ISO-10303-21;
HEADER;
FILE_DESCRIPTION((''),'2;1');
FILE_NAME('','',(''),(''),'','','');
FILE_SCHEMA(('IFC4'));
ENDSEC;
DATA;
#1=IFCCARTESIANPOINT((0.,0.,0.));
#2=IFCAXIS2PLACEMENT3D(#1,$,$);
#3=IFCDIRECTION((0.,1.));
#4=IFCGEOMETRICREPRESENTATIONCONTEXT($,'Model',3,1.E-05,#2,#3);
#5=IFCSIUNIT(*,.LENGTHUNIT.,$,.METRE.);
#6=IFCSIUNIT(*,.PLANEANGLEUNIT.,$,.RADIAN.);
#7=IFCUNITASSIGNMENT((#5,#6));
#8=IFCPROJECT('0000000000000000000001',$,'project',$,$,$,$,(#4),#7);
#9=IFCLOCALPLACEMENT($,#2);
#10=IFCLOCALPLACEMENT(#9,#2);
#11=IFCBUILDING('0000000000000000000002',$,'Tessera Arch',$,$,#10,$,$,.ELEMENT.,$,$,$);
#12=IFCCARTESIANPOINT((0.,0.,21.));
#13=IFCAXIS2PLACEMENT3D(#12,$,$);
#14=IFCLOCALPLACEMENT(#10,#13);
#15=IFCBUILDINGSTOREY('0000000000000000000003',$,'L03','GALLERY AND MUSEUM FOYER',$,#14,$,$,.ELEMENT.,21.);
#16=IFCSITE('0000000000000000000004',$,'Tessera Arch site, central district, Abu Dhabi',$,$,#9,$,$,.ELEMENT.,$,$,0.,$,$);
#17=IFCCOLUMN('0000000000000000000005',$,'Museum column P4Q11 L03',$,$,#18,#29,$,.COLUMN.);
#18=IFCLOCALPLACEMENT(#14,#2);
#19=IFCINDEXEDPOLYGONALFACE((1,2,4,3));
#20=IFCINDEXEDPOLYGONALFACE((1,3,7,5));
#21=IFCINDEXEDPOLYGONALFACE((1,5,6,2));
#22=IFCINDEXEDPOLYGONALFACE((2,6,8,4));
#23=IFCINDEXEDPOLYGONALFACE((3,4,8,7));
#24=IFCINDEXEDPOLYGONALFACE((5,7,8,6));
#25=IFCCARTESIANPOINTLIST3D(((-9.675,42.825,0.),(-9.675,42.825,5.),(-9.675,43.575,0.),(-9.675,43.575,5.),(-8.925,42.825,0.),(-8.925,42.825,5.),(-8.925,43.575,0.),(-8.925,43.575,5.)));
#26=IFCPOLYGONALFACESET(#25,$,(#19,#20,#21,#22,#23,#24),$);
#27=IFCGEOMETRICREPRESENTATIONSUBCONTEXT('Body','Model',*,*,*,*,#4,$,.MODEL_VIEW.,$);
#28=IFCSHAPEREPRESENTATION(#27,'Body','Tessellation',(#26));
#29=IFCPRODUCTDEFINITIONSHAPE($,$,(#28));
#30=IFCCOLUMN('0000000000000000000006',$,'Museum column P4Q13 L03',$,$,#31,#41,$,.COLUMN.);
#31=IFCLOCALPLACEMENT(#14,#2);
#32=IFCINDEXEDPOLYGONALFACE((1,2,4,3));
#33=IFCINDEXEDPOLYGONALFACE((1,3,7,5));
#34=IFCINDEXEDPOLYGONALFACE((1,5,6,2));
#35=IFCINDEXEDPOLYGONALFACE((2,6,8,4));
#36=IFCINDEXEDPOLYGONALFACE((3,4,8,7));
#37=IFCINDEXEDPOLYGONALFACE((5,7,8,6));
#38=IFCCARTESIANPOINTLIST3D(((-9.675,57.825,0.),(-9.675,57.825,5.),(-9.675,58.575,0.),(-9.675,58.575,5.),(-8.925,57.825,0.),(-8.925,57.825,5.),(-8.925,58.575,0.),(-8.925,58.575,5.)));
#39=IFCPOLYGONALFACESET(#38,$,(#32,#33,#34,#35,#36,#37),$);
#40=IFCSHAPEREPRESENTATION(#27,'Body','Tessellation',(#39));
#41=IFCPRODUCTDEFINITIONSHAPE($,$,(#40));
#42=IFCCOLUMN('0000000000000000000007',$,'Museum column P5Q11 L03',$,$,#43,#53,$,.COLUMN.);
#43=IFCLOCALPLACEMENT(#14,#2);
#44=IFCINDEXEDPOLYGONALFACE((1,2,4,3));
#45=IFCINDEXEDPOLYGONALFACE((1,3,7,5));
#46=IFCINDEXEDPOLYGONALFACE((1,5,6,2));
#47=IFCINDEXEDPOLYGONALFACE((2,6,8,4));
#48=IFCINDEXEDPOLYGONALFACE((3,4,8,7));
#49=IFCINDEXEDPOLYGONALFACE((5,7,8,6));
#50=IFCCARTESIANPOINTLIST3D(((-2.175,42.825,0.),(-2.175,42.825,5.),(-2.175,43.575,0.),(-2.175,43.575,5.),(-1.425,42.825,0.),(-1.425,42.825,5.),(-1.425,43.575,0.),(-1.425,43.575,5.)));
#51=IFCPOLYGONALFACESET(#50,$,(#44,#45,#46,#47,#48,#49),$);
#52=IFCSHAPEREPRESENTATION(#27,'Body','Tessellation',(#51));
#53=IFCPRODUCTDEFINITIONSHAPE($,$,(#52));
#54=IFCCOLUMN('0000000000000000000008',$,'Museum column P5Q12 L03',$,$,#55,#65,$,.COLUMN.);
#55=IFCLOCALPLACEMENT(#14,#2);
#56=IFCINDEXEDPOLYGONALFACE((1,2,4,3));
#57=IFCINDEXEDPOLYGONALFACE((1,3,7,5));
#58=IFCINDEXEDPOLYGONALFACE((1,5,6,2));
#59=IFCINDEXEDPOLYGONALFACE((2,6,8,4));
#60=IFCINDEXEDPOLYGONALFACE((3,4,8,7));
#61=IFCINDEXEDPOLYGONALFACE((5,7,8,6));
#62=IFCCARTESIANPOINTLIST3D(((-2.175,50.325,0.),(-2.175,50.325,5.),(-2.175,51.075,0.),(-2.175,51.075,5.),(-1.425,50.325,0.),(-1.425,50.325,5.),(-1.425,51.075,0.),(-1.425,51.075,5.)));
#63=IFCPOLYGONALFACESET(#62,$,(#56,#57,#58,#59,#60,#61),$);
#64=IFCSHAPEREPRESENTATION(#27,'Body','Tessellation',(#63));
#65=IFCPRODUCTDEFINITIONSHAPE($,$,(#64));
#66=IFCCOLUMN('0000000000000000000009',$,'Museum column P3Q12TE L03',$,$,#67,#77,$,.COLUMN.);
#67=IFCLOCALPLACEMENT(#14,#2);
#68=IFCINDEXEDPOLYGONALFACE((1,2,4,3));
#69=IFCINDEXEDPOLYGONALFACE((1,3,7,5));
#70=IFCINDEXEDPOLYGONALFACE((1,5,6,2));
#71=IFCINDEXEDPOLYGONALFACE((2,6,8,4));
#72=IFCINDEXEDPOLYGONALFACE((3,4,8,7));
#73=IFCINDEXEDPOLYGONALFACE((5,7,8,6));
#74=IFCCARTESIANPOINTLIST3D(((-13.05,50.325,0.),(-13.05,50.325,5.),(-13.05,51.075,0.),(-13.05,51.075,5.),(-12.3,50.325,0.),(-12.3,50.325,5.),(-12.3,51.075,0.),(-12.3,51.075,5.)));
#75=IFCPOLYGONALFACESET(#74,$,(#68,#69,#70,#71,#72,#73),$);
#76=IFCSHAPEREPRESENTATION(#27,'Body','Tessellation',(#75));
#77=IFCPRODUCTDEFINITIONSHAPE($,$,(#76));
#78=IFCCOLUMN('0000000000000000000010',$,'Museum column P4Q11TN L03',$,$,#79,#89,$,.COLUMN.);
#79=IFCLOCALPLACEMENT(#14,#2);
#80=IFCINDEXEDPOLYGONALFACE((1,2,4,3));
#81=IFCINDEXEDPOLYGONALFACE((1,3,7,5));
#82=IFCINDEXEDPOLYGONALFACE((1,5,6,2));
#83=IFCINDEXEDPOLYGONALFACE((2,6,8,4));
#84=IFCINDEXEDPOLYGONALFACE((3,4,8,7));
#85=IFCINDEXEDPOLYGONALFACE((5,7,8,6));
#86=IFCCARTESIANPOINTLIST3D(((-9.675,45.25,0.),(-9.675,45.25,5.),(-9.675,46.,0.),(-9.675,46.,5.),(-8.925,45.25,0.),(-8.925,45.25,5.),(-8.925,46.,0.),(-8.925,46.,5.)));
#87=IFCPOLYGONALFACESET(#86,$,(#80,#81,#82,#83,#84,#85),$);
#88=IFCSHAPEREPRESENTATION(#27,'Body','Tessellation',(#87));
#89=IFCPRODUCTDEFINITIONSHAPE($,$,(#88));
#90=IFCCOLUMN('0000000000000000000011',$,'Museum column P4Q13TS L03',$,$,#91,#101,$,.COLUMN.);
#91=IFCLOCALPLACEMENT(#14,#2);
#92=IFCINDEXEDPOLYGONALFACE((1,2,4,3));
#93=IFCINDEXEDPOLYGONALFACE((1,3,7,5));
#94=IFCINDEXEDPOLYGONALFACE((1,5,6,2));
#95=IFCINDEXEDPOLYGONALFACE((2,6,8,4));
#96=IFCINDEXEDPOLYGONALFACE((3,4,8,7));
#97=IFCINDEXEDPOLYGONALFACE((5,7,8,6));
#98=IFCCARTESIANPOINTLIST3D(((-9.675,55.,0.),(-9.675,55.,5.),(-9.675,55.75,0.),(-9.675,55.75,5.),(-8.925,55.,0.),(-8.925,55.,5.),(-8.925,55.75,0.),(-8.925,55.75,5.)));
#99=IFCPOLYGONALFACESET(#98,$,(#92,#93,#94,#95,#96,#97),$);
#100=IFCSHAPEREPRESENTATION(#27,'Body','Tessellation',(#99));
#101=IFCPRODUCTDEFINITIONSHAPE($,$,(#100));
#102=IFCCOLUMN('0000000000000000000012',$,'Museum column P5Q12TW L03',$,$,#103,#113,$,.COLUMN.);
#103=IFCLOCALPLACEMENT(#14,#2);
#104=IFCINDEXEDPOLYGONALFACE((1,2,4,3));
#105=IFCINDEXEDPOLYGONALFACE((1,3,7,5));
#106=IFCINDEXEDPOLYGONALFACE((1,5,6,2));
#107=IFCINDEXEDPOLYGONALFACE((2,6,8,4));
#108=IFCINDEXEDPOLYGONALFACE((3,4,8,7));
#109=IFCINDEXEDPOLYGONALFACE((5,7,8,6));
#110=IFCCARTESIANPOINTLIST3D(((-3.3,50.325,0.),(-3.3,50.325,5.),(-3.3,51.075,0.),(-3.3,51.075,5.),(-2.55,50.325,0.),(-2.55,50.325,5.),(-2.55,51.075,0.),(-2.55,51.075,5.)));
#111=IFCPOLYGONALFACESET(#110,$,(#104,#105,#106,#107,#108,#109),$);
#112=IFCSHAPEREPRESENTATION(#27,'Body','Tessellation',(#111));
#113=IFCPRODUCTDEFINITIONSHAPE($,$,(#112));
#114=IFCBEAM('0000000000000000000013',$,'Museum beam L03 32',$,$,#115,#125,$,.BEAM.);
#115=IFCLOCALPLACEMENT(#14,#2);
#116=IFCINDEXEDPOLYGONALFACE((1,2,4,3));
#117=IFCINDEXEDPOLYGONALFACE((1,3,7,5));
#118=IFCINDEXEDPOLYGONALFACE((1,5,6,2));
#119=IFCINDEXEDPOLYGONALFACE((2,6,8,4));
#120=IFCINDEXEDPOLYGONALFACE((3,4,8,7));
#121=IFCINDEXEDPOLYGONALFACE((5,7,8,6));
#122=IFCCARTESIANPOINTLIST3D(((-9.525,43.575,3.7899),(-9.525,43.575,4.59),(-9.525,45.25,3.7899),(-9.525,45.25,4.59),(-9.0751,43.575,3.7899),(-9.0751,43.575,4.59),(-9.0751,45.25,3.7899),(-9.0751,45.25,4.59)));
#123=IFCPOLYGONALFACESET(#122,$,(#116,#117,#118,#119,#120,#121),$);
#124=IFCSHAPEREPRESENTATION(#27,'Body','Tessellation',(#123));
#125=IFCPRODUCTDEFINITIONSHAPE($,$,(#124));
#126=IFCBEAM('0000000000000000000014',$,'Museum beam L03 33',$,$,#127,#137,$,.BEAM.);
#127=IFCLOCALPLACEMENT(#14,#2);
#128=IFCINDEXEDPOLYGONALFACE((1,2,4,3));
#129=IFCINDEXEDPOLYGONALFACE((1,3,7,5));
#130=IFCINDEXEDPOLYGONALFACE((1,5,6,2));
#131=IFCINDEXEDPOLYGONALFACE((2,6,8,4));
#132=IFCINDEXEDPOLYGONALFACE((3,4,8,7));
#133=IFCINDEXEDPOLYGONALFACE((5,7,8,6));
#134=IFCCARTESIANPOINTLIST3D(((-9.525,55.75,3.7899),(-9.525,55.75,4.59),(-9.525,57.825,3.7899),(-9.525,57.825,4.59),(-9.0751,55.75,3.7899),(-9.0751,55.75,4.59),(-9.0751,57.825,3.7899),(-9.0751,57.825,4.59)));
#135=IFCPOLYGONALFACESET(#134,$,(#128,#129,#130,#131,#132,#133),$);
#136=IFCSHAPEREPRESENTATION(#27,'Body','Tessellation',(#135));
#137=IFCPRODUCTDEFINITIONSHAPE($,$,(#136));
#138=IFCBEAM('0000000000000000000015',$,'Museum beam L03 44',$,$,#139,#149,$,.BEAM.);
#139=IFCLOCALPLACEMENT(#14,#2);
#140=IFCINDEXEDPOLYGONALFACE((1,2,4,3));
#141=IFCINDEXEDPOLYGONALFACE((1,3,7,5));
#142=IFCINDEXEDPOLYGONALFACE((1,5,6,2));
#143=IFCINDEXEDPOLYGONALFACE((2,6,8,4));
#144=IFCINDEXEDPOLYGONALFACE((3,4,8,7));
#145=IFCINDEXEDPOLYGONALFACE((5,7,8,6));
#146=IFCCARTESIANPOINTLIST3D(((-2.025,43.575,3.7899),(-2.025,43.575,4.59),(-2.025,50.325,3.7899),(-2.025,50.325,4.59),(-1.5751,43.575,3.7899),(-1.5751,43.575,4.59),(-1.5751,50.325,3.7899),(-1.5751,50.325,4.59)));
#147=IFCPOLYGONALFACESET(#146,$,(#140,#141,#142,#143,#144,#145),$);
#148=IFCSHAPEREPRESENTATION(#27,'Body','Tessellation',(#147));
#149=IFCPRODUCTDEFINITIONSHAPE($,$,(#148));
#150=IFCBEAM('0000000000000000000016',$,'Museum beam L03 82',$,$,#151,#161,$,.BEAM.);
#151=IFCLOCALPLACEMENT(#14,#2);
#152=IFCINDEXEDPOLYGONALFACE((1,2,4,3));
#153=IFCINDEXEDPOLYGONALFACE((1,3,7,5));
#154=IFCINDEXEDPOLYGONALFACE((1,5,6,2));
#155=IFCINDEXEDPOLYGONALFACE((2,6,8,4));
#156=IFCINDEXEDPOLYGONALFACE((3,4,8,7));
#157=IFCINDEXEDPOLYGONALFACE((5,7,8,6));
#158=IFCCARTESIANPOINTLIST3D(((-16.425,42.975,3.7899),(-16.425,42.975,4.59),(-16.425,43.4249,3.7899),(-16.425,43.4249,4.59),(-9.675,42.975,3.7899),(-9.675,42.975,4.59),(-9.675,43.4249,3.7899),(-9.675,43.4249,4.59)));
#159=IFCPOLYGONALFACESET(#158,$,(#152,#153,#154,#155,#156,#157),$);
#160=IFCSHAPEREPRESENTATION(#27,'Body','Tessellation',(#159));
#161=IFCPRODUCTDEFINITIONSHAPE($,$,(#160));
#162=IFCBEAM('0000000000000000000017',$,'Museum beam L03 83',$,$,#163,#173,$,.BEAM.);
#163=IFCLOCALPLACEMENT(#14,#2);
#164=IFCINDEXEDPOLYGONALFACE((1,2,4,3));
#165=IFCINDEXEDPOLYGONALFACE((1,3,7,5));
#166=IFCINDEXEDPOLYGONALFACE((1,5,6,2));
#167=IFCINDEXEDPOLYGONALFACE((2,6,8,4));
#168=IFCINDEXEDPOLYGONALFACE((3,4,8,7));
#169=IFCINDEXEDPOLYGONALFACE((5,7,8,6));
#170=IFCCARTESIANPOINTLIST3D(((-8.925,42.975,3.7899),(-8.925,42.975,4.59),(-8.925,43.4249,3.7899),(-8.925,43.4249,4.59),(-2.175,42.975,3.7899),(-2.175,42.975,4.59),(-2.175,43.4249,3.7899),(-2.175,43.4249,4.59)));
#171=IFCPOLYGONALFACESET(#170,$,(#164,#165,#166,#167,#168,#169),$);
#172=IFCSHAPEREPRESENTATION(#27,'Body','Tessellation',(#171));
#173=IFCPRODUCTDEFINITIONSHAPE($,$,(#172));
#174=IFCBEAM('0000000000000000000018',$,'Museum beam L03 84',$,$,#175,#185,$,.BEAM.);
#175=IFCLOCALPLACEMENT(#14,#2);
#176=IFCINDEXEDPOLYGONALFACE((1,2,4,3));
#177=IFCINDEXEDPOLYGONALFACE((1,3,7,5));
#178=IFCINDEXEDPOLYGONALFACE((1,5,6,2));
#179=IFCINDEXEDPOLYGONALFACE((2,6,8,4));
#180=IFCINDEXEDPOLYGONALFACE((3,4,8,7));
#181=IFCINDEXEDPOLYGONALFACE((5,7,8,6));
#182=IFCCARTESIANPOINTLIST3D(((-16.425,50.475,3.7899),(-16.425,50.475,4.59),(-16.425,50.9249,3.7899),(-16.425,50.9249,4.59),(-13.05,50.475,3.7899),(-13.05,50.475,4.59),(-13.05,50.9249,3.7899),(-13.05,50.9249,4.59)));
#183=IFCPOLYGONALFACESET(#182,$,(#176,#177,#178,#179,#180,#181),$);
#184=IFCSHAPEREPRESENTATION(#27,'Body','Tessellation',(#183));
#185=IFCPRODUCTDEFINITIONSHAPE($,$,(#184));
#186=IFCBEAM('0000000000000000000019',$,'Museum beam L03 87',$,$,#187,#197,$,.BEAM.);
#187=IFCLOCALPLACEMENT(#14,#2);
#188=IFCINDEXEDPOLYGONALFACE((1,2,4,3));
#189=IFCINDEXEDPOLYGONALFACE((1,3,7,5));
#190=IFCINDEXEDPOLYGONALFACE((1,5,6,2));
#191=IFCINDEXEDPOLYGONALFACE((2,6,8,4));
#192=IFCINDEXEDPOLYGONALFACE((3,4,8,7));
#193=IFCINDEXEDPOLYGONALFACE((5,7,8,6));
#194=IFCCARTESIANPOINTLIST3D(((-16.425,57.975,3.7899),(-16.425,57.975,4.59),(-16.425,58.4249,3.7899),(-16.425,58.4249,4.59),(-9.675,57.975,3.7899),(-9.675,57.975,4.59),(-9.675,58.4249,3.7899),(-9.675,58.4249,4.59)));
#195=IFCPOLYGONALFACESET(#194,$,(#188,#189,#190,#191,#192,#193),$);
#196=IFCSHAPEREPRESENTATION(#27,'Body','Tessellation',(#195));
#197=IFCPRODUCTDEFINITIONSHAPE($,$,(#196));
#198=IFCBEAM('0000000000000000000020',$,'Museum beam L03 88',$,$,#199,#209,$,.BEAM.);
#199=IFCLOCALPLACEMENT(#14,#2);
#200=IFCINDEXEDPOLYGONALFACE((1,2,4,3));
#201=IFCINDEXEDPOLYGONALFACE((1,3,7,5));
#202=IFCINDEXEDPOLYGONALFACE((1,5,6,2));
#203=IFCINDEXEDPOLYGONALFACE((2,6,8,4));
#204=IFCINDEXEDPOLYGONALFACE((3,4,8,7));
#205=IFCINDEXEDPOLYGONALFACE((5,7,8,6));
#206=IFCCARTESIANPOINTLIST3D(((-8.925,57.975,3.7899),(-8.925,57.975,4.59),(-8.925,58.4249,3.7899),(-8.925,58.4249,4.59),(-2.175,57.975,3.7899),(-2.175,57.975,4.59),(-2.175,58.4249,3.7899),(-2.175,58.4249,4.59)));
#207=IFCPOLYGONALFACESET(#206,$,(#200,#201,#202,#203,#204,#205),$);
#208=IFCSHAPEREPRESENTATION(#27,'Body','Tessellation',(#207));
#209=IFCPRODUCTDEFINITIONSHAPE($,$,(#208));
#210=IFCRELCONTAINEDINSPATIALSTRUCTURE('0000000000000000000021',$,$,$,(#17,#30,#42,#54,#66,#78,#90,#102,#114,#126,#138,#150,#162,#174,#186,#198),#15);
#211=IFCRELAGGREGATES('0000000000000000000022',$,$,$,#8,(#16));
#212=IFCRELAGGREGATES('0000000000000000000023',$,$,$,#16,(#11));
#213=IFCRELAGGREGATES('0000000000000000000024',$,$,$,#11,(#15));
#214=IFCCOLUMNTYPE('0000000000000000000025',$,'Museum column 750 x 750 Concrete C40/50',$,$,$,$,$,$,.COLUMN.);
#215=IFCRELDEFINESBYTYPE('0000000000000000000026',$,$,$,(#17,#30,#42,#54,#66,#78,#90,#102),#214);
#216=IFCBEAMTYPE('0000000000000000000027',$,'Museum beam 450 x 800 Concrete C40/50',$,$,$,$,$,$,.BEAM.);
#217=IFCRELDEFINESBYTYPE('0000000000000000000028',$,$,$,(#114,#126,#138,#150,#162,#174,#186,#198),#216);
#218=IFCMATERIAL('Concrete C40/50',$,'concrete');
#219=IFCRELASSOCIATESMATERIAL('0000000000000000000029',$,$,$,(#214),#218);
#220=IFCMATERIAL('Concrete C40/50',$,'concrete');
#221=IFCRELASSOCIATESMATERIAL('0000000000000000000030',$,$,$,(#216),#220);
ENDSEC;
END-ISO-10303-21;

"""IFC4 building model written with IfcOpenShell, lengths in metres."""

from ifc_helpers import new_model, si_unit, direction, frame, origin, origin_2d, place, context, subcontext, project, spatial, rectangle, extrude, material, material_profile, profile_set, type_object, element, save


model = new_model("IFC4")

# Units and contexts
model_context = context("Model", 3, precision=1e-05, world=origin(), true_north=direction((0.0, 1.0)))
body_context = subcontext(model_context, "Body", "Model", "MODEL_VIEW")
ifc_project = project(units=[si_unit("LENGTHUNIT", "METRE"), si_unit("PLANEANGLEUNIT", "RADIAN")], contexts=[model_context])

# Site, building, storey
site_placement = place(None, origin())
site = spatial("IfcSite", under=ifc_project, at=site_placement, Name="Tessera Arch site, central district, Abu Dhabi", CompositionType="ELEMENT", RefElevation=0.0)
building_placement = place(site_placement, origin())
building = spatial("IfcBuilding", under=site, at=building_placement, Name="Tessera Arch", CompositionType="ELEMENT")
storey_placement = place(building_placement, frame((0.0, 0.0, 21.0)))
storey = spatial("IfcBuildingStorey", under=building, at=storey_placement, Name="L03", Description="GALLERY AND MUSEUM FOYER", CompositionType="ELEMENT", Elevation=21.0)

# Columns
ifc_material_1 = material(Name="Concrete C40/50", Category="concrete")
ifc_material_profile_1 = material_profile(ifc_material_1, rectangle(XDim=0.75, YDim=0.75, at=origin_2d()), Name="Museum column 750 x 750 Concrete C40/50")
ifc_profile_set_1 = profile_set([ifc_material_profile_1], Name="Concrete C40/50")
column_type = type_object("IfcColumnType", Name="Museum column 750 x 750 Concrete C40/50", PredefinedType="COLUMN", material=ifc_profile_set_1)
for number, where, z_axis, x_axis, name in (
    (1, (-9.3, 43.2, 0.0), (0.0, 0.0, 1.0), (1.0, 0.0, 0.0), "Museum column P4Q11 L03"),
    (2, (-9.3, 58.2, 0.0), (0.0, 0.0, 1.0), (1.0, 0.0, 0.0), "Museum column P4Q13 L03"),
    (3, (-1.8, 43.2, 0.0), (0.0, 0.0, 1.0), (1.0, 0.0, 0.0), "Museum column P5Q11 L03"),
    (4, (-1.8, 50.7, 0.0), (0.0, 0.0, 1.0), (1.0, 0.0, 0.0), "Museum column P5Q12 L03"),
    (5, (-12.675, 50.7, 0.0), (0.0, 0.0, 1.0), (1.0, 0.0, 0.0), "Museum column P3Q12TE L03"),
    (6, (-9.3, 45.625, 0.0), (0.0, 0.0, 1.0), (1.0, 0.0, 0.0), "Museum column P4Q11TN L03"),
    (7, (-9.3, 55.375, 0.0), (0.0, 0.0, 1.0), (1.0, 0.0, 0.0), "Museum column P4Q13TS L03"),
    (8, (-2.925, 50.7, 0.0), (0.0, 0.0, 1.0), (1.0, 0.0, 0.0), "Museum column P5Q12TW L03"),
):
    element("IfcColumn", number, at=place(storey_placement, frame(where, z_axis=z_axis, x_axis=x_axis)), inside=storey, type_object=column_type, Name=name, PredefinedType="COLUMN", context=body_context, shape_type="SweptSolid", body=[
        extrude(rectangle(XDim=0.75, YDim=0.75, at=origin_2d()), origin(), (0.0, 0.0, 1.0), 5.0),
    ])

# Beams
ifc_material_2 = material(Name="Concrete C40/50", Category="concrete")
ifc_material_profile_2 = material_profile(ifc_material_2, rectangle(XDim=0.45, YDim=0.8, at=origin_2d()), Name="Museum beam 450 x 800 Concrete C40/50")
ifc_profile_set_2 = profile_set([ifc_material_profile_2], Name="Concrete C40/50")
beam_type = type_object("IfcBeamType", Name="Museum beam 450 x 800 Concrete C40/50", PredefinedType="BEAM", material=ifc_profile_set_2)
beam_1_placement = place(storey_placement, frame((-9.3, 43.575, 4.1899), z_axis=(0.0, 1.0, 0.0), x_axis=(-1.0, 0.0, 0.0)))
element("IfcBeam", 9, at=beam_1_placement, inside=storey, type_object=beam_type, Name="Museum beam L03 32", PredefinedType="BEAM", context=body_context, shape_type="SweptSolid", body=[
    extrude(rectangle(XDim=0.45, YDim=0.8, at=origin_2d()), origin(), (0.0, 0.0, 1.0), 1.675),
])
beam_2_placement = place(storey_placement, frame((-9.3, 55.75, 4.1899), z_axis=(0.0, 1.0, 0.0), x_axis=(-1.0, 0.0, 0.0)))
element("IfcBeam", 10, at=beam_2_placement, inside=storey, type_object=beam_type, Name="Museum beam L03 33", PredefinedType="BEAM", context=body_context, shape_type="SweptSolid", body=[
    extrude(rectangle(XDim=0.45, YDim=0.8, at=origin_2d()), origin(), (0.0, 0.0, 1.0), 2.075),
])
for number, where, z_axis, x_axis, name in (
    (11, (-1.8, 43.575, 4.1899), (0.0, 1.0, 0.0), (-1.0, 0.0, 0.0), "Museum beam L03 44"),
    (12, (-16.425, 43.2, 4.1899), (1.0, 0.0, 0.0), (0.0, 1.0, 0.0), "Museum beam L03 82"),
    (13, (-8.925, 43.2, 4.1899), (1.0, 0.0, 0.0), (0.0, 1.0, 0.0), "Museum beam L03 83"),
):
    element("IfcBeam", number, at=place(storey_placement, frame(where, z_axis=z_axis, x_axis=x_axis)), inside=storey, type_object=beam_type, Name=name, PredefinedType="BEAM", context=body_context, shape_type="SweptSolid", body=[
        extrude(rectangle(XDim=0.45, YDim=0.8, at=origin_2d()), origin(), (0.0, 0.0, 1.0), 6.75),
    ])
beam_3_placement = place(storey_placement, frame((-16.425, 50.7, 4.1899), z_axis=(1.0, 0.0, 0.0), x_axis=(0.0, 1.0, 0.0)))
element("IfcBeam", 14, at=beam_3_placement, inside=storey, type_object=beam_type, Name="Museum beam L03 84", PredefinedType="BEAM", context=body_context, shape_type="SweptSolid", body=[
    extrude(rectangle(XDim=0.45, YDim=0.8, at=origin_2d()), origin(), (0.0, 0.0, 1.0), 3.375),
])
for number, where, z_axis, x_axis, name in (
    (15, (-16.425, 58.2, 4.1899), (1.0, 0.0, 0.0), (0.0, 1.0, 0.0), "Museum beam L03 87"),
    (16, (-8.925, 58.2, 4.1899), (1.0, 0.0, 0.0), (0.0, 1.0, 0.0), "Museum beam L03 88"),
):
    element("IfcBeam", number, at=place(storey_placement, frame(where, z_axis=z_axis, x_axis=x_axis)), inside=storey, type_object=beam_type, Name=name, PredefinedType="BEAM", context=body_context, shape_type="SweptSolid", body=[
        extrude(rectangle(XDim=0.45, YDim=0.8, at=origin_2d()), origin(), (0.0, 0.0, 1.0), 6.75),
    ])

save(model, "model.ifc")
